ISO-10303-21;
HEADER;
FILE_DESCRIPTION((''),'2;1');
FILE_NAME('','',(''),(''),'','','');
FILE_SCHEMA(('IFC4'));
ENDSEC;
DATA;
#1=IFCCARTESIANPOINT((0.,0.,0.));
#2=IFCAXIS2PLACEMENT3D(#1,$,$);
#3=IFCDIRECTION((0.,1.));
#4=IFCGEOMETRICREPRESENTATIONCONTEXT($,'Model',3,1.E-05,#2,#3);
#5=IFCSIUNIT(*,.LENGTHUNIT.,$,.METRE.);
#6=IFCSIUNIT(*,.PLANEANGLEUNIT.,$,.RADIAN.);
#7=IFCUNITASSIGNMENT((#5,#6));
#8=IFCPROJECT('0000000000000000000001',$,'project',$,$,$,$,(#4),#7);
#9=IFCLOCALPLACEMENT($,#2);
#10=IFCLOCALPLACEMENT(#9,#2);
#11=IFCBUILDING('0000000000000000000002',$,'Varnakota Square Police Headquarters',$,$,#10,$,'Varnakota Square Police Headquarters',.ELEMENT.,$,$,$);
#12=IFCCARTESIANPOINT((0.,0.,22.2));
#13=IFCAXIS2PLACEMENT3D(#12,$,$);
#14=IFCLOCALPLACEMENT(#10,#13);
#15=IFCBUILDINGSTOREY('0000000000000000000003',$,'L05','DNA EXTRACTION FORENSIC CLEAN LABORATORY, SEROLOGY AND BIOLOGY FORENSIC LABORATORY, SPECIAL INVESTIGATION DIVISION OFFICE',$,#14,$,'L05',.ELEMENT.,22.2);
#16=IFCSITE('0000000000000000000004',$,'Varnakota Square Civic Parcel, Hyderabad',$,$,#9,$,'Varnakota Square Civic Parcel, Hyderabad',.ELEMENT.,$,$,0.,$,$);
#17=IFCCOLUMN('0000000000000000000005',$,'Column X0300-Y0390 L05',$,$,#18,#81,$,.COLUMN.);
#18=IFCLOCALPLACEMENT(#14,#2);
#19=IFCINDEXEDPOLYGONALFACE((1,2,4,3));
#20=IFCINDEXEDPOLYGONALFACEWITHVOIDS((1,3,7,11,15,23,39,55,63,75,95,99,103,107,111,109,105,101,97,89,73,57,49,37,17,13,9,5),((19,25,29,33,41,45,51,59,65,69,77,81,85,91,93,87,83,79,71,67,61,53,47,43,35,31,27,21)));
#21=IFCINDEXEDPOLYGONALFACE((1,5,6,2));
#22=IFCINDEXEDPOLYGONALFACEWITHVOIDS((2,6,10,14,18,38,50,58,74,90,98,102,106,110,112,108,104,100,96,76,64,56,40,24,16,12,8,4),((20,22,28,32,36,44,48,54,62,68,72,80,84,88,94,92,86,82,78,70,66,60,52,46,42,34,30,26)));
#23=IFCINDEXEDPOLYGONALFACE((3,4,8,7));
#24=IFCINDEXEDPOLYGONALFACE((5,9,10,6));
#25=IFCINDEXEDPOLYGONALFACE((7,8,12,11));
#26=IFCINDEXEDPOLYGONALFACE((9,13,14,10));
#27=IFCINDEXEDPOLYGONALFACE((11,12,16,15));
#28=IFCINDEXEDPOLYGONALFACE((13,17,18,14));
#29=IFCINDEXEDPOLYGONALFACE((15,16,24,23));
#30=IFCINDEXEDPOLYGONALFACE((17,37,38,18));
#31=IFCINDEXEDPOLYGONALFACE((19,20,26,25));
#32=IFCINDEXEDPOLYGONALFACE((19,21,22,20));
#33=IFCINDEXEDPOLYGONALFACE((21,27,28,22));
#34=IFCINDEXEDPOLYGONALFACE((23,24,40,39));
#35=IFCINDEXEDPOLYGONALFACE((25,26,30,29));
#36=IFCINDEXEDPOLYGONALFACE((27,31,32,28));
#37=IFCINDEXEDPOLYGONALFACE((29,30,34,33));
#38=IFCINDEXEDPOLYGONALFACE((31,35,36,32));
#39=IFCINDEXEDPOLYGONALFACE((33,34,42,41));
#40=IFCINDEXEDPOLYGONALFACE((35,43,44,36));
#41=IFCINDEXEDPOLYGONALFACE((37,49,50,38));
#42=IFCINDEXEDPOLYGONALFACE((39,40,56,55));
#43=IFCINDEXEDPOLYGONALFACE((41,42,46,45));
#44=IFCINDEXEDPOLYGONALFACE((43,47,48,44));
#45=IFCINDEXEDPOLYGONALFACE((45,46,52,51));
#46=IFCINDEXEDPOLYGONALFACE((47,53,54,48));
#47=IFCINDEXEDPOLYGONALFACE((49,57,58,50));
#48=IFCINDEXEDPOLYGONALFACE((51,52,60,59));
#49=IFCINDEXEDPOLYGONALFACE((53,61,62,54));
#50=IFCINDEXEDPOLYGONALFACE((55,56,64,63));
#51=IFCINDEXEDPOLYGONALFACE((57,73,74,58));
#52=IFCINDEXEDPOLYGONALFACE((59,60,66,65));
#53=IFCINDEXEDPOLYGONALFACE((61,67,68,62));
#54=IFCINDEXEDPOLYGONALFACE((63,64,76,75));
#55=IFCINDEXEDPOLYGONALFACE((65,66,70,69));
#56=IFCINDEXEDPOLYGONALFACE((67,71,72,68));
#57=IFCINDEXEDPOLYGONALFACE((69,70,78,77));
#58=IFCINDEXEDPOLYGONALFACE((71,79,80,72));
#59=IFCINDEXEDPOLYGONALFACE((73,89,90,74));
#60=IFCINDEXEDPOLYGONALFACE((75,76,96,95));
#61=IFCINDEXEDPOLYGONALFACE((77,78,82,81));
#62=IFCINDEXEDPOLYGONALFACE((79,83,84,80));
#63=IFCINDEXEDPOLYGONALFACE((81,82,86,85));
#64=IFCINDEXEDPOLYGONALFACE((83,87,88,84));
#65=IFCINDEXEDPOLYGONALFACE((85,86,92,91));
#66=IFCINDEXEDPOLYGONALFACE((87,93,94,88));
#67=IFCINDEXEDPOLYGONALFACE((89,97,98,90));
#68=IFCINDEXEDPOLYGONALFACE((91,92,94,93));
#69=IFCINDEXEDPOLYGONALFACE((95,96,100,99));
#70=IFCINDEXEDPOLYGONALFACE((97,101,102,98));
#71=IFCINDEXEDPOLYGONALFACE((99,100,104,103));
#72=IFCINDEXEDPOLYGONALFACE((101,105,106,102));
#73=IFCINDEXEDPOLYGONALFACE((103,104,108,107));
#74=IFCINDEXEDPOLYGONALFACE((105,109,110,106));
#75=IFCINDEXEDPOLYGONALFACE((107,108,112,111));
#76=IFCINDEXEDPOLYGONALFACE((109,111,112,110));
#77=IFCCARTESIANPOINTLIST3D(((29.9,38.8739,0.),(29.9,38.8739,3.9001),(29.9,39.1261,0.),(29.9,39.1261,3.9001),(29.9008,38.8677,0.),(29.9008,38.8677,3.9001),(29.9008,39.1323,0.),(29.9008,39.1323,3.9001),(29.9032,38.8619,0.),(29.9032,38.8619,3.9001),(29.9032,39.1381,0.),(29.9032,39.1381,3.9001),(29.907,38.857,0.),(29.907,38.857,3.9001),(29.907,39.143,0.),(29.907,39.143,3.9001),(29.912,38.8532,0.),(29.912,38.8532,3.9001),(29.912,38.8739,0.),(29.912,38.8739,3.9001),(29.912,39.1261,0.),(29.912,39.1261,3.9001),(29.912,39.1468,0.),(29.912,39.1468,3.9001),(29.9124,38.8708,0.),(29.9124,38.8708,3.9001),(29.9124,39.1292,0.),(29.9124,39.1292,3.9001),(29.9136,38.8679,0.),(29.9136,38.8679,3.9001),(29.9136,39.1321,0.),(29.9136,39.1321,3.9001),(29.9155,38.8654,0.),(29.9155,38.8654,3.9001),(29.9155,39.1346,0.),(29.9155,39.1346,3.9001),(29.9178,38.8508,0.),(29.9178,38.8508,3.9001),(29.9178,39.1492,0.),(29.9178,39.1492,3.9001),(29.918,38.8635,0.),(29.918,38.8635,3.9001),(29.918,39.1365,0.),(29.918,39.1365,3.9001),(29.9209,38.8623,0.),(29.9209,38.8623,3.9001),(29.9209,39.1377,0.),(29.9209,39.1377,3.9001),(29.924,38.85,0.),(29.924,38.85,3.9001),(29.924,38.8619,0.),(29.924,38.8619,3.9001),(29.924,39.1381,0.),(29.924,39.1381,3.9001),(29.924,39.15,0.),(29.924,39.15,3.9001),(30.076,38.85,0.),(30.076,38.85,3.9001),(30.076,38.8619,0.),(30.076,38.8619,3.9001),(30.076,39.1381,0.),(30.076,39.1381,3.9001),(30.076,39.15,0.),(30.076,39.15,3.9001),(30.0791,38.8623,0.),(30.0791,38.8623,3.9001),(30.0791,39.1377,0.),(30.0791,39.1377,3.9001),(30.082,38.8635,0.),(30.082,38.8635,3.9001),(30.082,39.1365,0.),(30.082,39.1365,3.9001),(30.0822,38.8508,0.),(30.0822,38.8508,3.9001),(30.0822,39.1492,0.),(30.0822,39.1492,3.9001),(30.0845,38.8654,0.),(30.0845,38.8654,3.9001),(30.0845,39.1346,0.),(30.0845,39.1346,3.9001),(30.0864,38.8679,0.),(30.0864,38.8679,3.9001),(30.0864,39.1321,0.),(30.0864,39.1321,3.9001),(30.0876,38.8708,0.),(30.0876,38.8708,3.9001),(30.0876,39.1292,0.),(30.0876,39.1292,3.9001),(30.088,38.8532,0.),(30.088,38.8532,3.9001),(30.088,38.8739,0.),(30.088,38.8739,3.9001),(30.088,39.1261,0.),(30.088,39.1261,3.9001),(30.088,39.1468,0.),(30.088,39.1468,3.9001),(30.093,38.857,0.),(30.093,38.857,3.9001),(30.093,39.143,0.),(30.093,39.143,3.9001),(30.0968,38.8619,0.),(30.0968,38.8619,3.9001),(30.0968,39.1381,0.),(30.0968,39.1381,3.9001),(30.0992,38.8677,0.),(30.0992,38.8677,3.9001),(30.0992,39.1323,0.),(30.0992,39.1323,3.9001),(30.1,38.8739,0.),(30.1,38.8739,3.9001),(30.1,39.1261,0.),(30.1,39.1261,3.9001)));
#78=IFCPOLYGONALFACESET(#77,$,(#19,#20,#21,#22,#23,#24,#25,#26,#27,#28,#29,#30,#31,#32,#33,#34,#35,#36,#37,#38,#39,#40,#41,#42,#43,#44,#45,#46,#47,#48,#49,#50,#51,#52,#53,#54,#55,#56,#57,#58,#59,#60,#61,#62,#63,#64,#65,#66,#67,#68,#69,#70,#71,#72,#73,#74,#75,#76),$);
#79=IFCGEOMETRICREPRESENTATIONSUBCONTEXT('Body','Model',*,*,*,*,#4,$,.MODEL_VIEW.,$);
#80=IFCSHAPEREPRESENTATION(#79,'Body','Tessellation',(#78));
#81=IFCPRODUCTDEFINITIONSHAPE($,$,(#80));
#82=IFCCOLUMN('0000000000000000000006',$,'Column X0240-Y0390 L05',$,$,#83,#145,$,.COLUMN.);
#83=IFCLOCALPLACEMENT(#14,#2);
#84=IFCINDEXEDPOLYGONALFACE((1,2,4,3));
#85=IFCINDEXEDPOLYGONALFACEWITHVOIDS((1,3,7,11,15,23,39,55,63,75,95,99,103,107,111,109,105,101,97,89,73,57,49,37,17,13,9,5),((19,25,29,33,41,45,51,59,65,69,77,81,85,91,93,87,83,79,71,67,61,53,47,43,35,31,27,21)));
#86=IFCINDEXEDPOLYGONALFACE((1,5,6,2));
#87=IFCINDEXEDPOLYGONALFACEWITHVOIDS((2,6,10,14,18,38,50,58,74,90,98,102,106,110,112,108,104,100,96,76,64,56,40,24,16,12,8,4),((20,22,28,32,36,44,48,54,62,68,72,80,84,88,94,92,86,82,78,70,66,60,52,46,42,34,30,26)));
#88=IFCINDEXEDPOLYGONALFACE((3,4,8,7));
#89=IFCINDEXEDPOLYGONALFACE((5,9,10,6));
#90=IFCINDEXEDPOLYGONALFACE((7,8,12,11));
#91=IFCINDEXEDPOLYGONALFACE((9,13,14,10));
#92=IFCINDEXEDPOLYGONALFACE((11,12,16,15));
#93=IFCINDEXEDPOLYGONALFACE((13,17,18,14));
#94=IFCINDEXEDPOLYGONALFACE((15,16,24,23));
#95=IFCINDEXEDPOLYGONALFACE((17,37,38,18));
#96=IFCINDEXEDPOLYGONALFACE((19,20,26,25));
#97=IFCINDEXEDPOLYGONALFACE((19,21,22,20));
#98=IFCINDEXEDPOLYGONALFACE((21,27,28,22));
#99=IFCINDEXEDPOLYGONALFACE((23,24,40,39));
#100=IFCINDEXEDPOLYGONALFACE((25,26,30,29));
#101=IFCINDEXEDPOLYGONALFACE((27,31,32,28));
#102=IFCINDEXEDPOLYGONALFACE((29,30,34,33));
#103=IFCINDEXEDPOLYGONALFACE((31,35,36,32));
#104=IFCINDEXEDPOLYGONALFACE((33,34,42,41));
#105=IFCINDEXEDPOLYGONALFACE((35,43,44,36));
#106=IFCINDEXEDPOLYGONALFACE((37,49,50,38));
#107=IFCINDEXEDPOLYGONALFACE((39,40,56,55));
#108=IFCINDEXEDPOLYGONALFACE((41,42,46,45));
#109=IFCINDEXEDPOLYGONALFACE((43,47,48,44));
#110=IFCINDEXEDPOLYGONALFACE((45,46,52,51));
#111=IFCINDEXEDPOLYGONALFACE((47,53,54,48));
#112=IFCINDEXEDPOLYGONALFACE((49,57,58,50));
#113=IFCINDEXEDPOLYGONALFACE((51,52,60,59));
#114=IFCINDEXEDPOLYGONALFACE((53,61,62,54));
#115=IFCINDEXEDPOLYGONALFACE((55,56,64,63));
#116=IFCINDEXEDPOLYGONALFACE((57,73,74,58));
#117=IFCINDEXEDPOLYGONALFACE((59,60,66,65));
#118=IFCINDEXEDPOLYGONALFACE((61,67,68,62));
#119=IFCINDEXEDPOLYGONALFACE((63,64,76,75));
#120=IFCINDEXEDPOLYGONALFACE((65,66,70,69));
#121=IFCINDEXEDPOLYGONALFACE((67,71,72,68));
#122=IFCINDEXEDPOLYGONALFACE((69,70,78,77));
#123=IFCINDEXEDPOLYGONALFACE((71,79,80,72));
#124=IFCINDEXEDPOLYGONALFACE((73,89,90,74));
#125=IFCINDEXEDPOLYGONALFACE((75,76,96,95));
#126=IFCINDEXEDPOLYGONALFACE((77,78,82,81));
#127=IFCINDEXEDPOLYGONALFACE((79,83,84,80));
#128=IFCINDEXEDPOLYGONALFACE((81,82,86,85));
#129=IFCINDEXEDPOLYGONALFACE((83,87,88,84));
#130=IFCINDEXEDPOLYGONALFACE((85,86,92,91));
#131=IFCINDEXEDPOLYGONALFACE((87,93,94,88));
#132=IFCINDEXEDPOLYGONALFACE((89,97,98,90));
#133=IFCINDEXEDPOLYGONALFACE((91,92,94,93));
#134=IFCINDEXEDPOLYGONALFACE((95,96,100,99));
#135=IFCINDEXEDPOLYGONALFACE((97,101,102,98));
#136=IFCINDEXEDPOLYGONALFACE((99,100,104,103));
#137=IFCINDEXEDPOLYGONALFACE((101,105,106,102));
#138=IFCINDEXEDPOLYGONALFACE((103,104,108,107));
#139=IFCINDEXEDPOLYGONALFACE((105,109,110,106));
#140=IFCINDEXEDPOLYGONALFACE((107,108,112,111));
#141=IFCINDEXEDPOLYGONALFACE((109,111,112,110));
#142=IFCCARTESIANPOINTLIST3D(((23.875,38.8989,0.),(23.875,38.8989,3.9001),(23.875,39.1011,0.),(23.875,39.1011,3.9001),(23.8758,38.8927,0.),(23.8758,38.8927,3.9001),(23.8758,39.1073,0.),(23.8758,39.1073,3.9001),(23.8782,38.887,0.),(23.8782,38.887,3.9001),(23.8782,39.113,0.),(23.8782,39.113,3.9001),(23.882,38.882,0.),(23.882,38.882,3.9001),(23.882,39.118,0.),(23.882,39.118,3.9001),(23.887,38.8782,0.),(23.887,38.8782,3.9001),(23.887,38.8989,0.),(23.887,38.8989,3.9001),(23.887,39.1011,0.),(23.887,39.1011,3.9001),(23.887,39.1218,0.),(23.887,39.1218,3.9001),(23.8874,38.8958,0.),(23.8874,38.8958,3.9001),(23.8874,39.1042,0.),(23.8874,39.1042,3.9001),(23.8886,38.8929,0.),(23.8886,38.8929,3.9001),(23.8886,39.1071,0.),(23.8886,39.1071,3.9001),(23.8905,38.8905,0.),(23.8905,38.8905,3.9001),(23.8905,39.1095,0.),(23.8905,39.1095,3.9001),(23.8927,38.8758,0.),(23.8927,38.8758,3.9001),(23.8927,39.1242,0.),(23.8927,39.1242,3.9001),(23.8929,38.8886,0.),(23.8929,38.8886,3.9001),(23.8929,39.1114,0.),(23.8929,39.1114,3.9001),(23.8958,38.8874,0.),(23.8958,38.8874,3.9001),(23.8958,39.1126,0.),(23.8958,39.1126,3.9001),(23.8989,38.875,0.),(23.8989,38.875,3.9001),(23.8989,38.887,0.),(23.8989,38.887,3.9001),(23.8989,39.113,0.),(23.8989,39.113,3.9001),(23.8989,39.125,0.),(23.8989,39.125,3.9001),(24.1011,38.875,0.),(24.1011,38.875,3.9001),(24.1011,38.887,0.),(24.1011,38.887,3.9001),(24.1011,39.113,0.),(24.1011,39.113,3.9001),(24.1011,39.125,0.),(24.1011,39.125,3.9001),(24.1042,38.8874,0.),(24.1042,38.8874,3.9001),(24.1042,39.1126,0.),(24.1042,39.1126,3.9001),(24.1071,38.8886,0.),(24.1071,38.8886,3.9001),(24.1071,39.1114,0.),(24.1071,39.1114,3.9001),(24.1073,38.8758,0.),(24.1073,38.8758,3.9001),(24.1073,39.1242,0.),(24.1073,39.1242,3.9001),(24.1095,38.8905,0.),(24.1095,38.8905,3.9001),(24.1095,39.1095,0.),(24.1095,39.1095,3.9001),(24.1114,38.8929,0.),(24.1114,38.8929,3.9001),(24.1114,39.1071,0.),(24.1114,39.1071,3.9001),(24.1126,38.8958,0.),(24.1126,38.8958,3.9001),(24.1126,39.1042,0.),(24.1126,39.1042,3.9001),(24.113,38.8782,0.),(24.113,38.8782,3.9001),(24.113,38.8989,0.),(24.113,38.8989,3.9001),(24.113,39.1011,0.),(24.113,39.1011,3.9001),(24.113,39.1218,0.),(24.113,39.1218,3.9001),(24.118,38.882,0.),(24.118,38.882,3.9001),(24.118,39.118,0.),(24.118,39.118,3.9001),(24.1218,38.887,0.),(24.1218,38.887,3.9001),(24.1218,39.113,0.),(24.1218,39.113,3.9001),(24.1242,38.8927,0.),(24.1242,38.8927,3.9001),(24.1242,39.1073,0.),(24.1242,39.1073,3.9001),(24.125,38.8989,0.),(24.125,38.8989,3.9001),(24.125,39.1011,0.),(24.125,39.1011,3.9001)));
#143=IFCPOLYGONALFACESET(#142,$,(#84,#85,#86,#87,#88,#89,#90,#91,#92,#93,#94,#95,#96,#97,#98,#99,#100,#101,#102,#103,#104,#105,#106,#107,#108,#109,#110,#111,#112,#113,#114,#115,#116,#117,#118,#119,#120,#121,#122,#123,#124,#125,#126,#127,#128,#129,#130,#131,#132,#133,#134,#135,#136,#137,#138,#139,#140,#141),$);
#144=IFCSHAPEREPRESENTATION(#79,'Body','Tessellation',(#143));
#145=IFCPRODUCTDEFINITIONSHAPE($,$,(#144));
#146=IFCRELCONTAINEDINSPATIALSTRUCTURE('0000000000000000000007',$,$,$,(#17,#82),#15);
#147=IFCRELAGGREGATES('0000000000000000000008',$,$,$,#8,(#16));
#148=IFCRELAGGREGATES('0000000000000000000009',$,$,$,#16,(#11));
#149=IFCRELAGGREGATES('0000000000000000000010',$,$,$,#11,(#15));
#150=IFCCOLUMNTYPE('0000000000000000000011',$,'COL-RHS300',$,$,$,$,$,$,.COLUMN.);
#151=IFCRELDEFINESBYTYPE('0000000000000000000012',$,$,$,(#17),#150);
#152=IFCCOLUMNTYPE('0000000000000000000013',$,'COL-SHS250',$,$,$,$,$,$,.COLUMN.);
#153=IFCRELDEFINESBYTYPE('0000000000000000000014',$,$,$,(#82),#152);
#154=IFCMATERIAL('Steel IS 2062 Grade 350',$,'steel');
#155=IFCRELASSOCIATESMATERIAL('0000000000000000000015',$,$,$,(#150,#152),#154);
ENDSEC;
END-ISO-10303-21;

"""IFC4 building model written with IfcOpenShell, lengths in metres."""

from ifc_helpers import new_model, si_unit, direction, frame, origin, origin_2d, place, context, subcontext, project, spatial, hollow_rectangle, extrude, material, material_profile, profile_set, type_object, element, save


model = new_model("IFC4")

# Units and contexts
model_context = context("Model", 3, precision=1e-05, world=origin(), true_north=direction((0.0, 1.0)))
body_context = subcontext(model_context, "Body", "Model", "MODEL_VIEW")
ifc_project = project(units=[si_unit("LENGTHUNIT", "METRE"), si_unit("PLANEANGLEUNIT", "RADIAN")], contexts=[model_context])

# Site, building, storey
site_placement = place(None, origin())
site = spatial("IfcSite", under=ifc_project, at=site_placement, Name="Varnakota Square Civic Parcel, Hyderabad", LongName="Varnakota Square Civic Parcel, Hyderabad", CompositionType="ELEMENT", RefElevation=0.0)
building_placement = place(site_placement, origin())
building = spatial("IfcBuilding", under=site, at=building_placement, Name="Varnakota Square Police Headquarters", LongName="Varnakota Square Police Headquarters", CompositionType="ELEMENT")
storey_placement = place(building_placement, frame((0.0, 0.0, 22.2)))
storey = spatial("IfcBuildingStorey", under=building, at=storey_placement, Name="L05", Description="DNA EXTRACTION FORENSIC CLEAN LABORATORY, SEROLOGY AND BIOLOGY FORENSIC LABORATORY, SPECIAL INVESTIGATION DIVISION OFFICE", LongName="L05", CompositionType="ELEMENT", Elevation=22.2)

# Columns
ifc_material_1 = material(Name="Steel IS 2062 Grade 350", Category="steel")
ifc_material_profile_1 = material_profile(ifc_material_1, hollow_rectangle(XDim=0.2, YDim=0.3, WallThickness=0.012, InnerFilletRadius=0.012, OuterFilletRadius=0.0239, at=origin_2d()), Name="RHS 300x200x12")
ifc_profile_set_1 = profile_set([ifc_material_profile_1], Name="Steel IS 2062 Grade 350")
column_type_1 = type_object("IfcColumnType", Name="COL-RHS300", PredefinedType="COLUMN", material=ifc_profile_set_1)
column_1_placement = place(storey_placement, frame((30.0, 39.0, 0.0), z_axis=(0.0, 0.0, 1.0), x_axis=(1.0, 0.0, 0.0)))
element("IfcColumn", 1, at=column_1_placement, inside=storey, type_object=column_type_1, Name="Column X0300-Y0390 L05", PredefinedType="COLUMN", context=body_context, shape_type="SweptSolid", body=[
    extrude(hollow_rectangle(XDim=0.2, YDim=0.3, WallThickness=0.012, InnerFilletRadius=0.012, OuterFilletRadius=0.0239, at=origin_2d()), origin(), (0.0, 0.0, 1.0), 3.9001),
])
ifc_material_profile_2 = material_profile(ifc_material_1, hollow_rectangle(XDim=0.25, YDim=0.25, WallThickness=0.012, InnerFilletRadius=0.012, OuterFilletRadius=0.0239, at=origin_2d()), Name="SHS 250x250x12")
ifc_profile_set_2 = profile_set([ifc_material_profile_2], Name="Steel IS 2062 Grade 350")
column_type_2 = type_object("IfcColumnType", Name="COL-SHS250", PredefinedType="COLUMN", material=ifc_profile_set_2)
column_2_placement = place(storey_placement, frame((24.0, 39.0, 0.0), z_axis=(0.0, 0.0, 1.0), x_axis=(1.0, 0.0, 0.0)))
element("IfcColumn", 2, at=column_2_placement, inside=storey, type_object=column_type_2, Name="Column X0240-Y0390 L05", PredefinedType="COLUMN", context=body_context, shape_type="SweptSolid", body=[
    extrude(hollow_rectangle(XDim=0.25, YDim=0.25, WallThickness=0.012, InnerFilletRadius=0.012, OuterFilletRadius=0.0239, at=origin_2d()), origin(), (0.0, 0.0, 1.0), 3.9001),
])

save(model, "model.ifc")
